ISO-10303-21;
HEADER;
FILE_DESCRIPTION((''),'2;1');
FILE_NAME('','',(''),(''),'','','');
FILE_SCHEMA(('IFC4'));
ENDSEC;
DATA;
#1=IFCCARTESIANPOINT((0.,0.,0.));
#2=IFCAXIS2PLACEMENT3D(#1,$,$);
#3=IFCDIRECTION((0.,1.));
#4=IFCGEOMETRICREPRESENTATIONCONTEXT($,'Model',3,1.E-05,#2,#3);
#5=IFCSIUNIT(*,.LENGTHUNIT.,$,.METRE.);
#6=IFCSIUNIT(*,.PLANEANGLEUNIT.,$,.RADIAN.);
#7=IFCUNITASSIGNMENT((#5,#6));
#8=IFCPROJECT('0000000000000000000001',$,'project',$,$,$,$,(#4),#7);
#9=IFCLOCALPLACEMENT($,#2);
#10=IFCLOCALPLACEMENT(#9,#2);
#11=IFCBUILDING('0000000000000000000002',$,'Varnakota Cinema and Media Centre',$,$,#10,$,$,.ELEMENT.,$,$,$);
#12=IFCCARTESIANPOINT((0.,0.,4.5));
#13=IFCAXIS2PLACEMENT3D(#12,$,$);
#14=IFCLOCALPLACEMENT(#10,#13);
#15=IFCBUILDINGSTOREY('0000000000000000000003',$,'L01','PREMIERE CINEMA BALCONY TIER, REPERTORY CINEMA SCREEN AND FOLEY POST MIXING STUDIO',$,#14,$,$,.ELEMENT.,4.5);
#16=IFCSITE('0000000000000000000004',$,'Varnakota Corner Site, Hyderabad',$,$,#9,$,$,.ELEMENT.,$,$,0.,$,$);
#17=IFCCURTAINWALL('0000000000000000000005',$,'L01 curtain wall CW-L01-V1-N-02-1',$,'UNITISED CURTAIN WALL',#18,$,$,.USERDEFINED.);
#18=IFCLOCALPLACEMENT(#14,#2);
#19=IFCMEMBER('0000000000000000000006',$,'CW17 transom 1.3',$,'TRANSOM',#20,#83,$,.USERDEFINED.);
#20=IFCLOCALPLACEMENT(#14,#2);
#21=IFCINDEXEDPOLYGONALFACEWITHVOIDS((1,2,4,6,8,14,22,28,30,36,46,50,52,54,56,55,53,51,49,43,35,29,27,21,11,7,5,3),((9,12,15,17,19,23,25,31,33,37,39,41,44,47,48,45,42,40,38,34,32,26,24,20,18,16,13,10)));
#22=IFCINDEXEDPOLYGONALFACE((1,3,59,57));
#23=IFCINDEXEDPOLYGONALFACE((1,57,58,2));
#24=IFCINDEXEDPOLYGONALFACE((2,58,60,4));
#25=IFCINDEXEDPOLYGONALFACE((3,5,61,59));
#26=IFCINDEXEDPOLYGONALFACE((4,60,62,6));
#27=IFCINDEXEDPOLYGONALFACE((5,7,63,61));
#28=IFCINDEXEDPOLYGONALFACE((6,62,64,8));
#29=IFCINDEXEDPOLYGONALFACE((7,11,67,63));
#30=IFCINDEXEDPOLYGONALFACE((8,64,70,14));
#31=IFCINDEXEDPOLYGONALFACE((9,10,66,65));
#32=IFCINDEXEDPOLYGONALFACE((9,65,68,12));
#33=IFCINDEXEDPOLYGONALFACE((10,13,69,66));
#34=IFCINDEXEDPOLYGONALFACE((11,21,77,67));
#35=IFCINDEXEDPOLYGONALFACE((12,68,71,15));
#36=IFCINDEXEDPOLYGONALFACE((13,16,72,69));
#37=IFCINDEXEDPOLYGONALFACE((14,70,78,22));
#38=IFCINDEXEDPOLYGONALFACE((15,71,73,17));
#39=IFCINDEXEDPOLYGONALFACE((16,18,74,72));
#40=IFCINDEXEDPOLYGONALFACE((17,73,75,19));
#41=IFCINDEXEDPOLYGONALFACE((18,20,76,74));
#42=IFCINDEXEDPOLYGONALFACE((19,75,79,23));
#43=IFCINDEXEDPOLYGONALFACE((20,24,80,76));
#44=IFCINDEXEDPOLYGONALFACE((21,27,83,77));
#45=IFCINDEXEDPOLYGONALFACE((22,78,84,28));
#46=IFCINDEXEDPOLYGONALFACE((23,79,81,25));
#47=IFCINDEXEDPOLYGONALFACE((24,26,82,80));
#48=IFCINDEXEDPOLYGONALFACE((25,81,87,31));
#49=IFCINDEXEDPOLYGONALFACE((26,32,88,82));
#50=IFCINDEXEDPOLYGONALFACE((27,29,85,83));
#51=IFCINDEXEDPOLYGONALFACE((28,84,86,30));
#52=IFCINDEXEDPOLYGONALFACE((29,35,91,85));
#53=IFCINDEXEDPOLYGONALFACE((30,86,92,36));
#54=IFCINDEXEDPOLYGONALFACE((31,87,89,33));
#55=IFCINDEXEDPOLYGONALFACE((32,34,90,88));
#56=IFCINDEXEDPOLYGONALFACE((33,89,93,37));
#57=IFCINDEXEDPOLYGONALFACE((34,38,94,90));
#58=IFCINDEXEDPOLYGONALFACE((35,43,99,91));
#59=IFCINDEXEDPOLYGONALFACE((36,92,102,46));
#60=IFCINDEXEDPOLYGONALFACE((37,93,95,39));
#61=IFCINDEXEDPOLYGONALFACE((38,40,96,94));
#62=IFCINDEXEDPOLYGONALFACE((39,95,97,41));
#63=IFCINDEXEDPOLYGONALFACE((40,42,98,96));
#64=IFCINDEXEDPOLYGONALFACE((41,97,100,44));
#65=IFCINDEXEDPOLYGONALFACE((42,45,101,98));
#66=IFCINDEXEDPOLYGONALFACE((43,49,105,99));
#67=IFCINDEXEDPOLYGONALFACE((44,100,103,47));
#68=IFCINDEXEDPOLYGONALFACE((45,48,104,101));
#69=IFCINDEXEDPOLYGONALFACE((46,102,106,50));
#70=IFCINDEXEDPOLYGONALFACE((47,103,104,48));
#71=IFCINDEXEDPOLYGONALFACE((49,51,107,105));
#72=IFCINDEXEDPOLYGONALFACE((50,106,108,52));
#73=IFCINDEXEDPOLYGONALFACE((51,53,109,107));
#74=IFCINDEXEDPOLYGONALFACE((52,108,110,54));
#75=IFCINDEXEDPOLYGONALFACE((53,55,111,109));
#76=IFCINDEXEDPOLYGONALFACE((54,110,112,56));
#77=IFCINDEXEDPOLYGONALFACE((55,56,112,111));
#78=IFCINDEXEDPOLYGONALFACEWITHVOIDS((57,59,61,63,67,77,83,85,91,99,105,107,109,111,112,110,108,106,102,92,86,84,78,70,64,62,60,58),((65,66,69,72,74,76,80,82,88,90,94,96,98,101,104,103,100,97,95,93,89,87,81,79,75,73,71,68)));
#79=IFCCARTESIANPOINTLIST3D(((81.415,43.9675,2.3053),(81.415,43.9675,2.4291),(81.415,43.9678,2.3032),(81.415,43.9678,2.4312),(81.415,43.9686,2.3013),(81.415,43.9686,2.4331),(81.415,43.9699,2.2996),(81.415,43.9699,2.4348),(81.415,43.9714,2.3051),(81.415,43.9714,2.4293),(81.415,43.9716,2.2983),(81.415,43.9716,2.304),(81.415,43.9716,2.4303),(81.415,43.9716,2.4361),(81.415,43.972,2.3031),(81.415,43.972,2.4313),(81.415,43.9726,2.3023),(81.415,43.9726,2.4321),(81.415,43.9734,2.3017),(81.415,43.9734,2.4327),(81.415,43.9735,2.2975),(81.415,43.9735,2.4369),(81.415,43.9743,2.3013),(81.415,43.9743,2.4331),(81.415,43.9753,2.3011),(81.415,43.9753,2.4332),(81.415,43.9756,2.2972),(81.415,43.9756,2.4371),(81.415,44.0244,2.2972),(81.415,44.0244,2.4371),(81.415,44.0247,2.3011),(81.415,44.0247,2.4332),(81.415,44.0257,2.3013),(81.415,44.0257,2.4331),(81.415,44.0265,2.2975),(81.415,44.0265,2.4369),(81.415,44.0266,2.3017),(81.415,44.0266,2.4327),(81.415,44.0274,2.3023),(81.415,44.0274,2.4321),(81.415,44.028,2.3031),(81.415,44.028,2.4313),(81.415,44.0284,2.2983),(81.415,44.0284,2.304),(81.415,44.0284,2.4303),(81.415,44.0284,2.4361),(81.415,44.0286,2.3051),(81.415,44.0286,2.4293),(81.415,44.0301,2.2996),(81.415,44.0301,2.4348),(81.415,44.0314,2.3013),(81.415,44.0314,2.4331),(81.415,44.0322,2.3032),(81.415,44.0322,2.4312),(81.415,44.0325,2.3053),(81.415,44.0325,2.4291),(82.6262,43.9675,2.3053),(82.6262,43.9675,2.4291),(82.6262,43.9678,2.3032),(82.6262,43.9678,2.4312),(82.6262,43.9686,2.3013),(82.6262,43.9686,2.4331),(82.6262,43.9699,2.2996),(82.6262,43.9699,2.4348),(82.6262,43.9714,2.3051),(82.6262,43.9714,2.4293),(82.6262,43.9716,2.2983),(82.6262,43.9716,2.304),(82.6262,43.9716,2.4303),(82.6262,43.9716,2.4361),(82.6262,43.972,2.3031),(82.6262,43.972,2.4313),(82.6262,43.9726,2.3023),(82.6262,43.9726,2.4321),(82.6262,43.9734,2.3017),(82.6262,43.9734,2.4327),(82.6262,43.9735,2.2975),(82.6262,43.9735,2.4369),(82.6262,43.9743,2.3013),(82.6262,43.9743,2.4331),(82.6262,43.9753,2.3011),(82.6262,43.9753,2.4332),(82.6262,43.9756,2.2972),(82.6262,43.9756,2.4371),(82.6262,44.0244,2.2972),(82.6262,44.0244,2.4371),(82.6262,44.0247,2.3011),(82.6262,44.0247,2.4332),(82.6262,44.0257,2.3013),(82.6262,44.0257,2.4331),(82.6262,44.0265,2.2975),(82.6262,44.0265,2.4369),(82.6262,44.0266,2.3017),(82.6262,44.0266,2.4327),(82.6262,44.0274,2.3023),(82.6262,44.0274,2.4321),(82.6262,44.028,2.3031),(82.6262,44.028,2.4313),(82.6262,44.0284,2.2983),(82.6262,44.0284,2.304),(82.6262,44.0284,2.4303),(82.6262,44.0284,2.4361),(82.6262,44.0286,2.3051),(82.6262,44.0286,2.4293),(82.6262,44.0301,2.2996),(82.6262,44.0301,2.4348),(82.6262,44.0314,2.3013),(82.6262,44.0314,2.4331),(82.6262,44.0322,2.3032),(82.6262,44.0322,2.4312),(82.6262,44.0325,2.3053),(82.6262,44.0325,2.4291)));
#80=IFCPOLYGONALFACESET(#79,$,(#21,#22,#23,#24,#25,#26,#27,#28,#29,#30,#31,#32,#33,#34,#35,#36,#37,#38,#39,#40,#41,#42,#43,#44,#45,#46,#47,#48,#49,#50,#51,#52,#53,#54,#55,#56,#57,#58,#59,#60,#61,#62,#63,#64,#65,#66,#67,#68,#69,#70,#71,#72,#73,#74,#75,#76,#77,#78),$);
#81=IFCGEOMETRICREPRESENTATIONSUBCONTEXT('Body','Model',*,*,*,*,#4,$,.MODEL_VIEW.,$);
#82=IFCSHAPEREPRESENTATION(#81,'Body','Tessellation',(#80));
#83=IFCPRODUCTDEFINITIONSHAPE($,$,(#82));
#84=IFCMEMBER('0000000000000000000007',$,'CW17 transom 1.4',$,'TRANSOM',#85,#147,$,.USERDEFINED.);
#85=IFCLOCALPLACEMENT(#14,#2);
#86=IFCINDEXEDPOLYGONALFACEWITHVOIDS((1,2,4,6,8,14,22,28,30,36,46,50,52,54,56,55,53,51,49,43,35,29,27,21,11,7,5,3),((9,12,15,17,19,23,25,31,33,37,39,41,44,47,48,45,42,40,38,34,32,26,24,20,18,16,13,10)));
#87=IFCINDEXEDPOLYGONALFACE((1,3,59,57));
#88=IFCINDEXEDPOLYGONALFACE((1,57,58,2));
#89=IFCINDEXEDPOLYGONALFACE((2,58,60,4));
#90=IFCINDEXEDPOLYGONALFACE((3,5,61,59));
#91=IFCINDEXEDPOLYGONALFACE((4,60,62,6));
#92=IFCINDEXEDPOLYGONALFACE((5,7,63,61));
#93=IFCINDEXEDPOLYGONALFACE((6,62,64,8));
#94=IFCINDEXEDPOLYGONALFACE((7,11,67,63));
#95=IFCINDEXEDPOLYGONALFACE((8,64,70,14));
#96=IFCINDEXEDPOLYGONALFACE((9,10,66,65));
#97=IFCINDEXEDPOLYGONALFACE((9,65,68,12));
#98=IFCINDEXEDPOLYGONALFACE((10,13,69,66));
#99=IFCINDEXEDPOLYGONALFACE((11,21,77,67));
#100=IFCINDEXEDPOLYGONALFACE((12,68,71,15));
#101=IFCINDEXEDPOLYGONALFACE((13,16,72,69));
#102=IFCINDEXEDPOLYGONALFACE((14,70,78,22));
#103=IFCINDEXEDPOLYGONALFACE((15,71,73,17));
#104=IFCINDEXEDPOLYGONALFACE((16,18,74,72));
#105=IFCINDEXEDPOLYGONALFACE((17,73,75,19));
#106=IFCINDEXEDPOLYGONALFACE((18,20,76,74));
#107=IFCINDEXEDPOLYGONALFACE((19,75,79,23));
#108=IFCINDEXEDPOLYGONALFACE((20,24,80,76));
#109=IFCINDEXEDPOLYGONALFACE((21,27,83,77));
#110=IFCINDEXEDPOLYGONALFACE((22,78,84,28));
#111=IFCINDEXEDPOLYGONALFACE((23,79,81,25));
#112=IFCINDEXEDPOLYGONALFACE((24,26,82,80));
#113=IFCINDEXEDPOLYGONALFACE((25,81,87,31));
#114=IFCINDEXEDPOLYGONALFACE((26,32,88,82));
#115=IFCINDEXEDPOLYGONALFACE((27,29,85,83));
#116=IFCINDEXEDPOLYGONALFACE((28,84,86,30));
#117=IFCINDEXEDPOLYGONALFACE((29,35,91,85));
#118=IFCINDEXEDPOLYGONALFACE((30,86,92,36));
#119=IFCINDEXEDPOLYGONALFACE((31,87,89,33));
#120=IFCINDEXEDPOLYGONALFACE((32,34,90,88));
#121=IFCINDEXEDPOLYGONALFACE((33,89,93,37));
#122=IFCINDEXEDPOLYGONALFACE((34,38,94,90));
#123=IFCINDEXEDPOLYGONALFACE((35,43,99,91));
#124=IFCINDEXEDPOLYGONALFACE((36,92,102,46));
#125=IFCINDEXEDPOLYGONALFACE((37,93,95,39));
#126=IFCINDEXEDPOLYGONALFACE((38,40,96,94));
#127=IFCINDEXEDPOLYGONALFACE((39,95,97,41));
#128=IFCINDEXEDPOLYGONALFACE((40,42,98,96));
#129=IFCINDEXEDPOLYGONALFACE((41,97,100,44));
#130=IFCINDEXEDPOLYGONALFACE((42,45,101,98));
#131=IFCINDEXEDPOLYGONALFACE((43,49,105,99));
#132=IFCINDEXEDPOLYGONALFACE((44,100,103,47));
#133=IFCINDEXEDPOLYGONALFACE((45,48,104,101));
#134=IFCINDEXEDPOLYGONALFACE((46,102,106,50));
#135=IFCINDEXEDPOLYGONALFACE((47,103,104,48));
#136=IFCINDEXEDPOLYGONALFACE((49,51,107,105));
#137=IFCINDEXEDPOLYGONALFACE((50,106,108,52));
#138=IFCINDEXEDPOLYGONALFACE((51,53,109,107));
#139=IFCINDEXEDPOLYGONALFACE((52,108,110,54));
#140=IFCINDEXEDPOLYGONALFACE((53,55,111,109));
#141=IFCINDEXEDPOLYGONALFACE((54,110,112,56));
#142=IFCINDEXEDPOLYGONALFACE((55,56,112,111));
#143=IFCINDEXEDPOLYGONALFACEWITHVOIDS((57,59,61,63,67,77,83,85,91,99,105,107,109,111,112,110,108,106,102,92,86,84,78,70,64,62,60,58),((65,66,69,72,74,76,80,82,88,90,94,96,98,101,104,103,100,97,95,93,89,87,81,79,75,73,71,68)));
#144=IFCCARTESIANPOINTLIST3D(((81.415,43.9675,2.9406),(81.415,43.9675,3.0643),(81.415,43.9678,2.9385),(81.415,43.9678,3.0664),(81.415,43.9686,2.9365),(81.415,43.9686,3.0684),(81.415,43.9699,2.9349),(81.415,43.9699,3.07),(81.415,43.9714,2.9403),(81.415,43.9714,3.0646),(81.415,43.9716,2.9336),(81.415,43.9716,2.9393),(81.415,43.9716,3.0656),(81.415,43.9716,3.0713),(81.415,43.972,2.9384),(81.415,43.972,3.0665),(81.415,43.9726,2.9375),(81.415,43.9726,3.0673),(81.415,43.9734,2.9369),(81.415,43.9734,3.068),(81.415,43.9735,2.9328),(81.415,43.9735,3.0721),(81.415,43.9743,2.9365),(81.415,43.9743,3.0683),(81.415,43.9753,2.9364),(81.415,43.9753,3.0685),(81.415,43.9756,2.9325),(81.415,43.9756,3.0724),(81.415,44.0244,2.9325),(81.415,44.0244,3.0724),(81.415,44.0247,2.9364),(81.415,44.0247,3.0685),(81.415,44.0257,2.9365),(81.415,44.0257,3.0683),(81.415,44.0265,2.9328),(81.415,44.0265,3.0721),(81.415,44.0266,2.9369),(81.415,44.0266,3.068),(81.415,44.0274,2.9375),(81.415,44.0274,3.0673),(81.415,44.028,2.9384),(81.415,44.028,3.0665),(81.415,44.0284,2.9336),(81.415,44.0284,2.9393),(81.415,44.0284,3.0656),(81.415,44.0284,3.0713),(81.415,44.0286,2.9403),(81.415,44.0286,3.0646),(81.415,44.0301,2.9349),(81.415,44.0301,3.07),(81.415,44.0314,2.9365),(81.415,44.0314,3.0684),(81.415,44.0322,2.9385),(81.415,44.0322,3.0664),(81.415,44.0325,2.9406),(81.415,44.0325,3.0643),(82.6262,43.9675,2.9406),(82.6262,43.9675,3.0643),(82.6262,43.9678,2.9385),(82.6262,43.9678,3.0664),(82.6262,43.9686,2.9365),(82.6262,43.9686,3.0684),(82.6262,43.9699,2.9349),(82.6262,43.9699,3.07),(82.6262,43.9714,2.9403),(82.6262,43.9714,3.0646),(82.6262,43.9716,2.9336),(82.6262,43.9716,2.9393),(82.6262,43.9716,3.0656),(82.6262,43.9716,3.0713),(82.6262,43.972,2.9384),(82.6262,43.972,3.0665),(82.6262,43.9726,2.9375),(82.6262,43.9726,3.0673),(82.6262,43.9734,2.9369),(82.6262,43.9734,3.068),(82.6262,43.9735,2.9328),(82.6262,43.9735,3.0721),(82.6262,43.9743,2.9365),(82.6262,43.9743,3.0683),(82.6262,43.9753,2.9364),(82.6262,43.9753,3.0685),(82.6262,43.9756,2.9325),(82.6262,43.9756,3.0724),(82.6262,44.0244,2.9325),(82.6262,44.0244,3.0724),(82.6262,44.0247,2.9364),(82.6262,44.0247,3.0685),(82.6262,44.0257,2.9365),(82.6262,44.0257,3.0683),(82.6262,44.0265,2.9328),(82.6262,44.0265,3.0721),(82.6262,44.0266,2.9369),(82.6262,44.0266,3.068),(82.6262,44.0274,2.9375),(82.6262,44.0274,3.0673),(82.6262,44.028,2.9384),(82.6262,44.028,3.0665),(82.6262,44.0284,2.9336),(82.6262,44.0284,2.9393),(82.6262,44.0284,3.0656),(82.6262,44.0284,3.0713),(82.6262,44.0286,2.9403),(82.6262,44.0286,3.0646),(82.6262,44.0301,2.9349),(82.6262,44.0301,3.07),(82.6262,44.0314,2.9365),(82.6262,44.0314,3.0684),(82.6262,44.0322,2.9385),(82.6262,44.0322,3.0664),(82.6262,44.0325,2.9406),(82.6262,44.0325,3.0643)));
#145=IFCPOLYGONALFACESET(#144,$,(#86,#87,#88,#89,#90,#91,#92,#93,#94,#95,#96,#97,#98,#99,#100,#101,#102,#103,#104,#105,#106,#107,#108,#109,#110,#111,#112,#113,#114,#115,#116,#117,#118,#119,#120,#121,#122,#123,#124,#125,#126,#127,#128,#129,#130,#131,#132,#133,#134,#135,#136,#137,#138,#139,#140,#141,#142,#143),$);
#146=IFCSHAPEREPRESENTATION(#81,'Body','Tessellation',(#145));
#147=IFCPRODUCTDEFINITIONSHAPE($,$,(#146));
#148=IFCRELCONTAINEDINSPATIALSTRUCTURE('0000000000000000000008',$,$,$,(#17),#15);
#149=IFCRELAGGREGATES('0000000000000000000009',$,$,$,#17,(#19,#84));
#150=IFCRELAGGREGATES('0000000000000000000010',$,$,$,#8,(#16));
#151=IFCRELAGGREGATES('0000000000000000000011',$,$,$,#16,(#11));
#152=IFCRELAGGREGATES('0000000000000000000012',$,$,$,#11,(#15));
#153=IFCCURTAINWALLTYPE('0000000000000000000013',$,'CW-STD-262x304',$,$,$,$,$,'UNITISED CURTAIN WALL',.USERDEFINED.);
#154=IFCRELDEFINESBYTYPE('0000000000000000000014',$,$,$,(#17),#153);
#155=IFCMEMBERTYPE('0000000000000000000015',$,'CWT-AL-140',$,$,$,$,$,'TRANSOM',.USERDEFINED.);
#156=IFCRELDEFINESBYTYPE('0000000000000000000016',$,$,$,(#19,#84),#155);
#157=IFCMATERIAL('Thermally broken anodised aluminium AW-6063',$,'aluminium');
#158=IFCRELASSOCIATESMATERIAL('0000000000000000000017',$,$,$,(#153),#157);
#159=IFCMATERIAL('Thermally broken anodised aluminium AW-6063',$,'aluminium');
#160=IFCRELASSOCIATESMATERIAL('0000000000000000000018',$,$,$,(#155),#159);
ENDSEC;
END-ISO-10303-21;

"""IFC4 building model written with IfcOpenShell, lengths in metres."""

from ifc_helpers import new_model, si_unit, direction, frame, origin, origin_2d, place, context, subcontext, project, spatial, hollow_rectangle, extrude, material, material_profile, profile_set, type_object, element, aggregate, save


model = new_model("IFC4")

# Units and contexts
model_context = context("Model", 3, precision=1e-05, world=origin(), true_north=direction((0.0, 1.0)))
body_context = subcontext(model_context, "Body", "Model", "MODEL_VIEW")
ifc_project = project(units=[si_unit("LENGTHUNIT", "METRE"), si_unit("PLANEANGLEUNIT", "RADIAN")], contexts=[model_context])

# Site, building, storey
site_placement = place(None, origin())
site = spatial("IfcSite", under=ifc_project, at=site_placement, Name="Varnakota Corner Site, Hyderabad", CompositionType="ELEMENT", RefElevation=0.0)
building_placement = place(site_placement, origin())
building = spatial("IfcBuilding", under=site, at=building_placement, Name="Varnakota Cinema and Media Centre", CompositionType="ELEMENT")
storey_placement = place(building_placement, frame((0.0, 0.0, 4.5)))
storey = spatial("IfcBuildingStorey", under=building, at=storey_placement, Name="L01", Description="PREMIERE CINEMA BALCONY TIER, REPERTORY CINEMA SCREEN AND FOLEY POST MIXING STUDIO", CompositionType="ELEMENT", Elevation=4.5)

# Curtain wall
ifc_material_1 = material(Name="Thermally broken anodised aluminium AW-6063", Category="aluminium")
curtain_wall_type = type_object("IfcCurtainWallType", Name="CW-STD-262x304", ElementType="UNITISED CURTAIN WALL", PredefinedType="USERDEFINED", material=ifc_material_1)
curtain_wall_1_placement = place(storey_placement, origin())
curtain_wall_1 = element("IfcCurtainWall", 1, at=curtain_wall_1_placement, inside=storey, type_object=curtain_wall_type, Name="L01 curtain wall CW-L01-V1-N-02-1", ObjectType="UNITISED CURTAIN WALL", PredefinedType="USERDEFINED")

# Members
ifc_material_2 = material(Name="Thermally broken anodised aluminium AW-6063", Category="aluminium")
ifc_material_profile_1 = material_profile(ifc_material_2, hollow_rectangle(XDim=0.0649, YDim=0.1399, WallThickness=0.0039, InnerFilletRadius=0.0039, OuterFilletRadius=0.0081, at=origin_2d()), Name="AL-TRANSOM 140x65x4")
ifc_profile_set_1 = profile_set([ifc_material_profile_1], Name="Thermally broken anodised aluminium AW-6063")
member_type_1 = type_object("IfcMemberType", Name="CWT-AL-140", ElementType="TRANSOM", PredefinedType="USERDEFINED", material=ifc_profile_set_1)
member_1_placement = place(storey_placement, frame((81.415, 44.0, 2.3672), z_axis=(1.0, 0.0, 0.0), x_axis=(0.0, 1.0, 0.0)))
member_1 = element("IfcMember", 2, at=member_1_placement, type_object=member_type_1, Name="CW17 transom 1.3", ObjectType="TRANSOM", PredefinedType="USERDEFINED", context=body_context, shape_type="SweptSolid", body=[
    extrude(hollow_rectangle(XDim=0.0649, YDim=0.1399, WallThickness=0.0039, InnerFilletRadius=0.0039, OuterFilletRadius=0.0081, at=origin_2d()), origin(), (0.0, 0.0, 1.0), 1.2112),
])
member_2_placement = place(storey_placement, frame((81.415, 44.0, 3.0024), z_axis=(1.0, 0.0, 0.0), x_axis=(0.0, 1.0, 0.0)))
member_2 = element("IfcMember", 3, at=member_2_placement, type_object=member_type_1, Name="CW17 transom 1.4", ObjectType="TRANSOM", PredefinedType="USERDEFINED", context=body_context, shape_type="SweptSolid", body=[
    extrude(hollow_rectangle(XDim=0.0649, YDim=0.1399, WallThickness=0.0039, InnerFilletRadius=0.0039, OuterFilletRadius=0.0081, at=origin_2d()), origin(), (0.0, 0.0, 1.0), 1.2112),
])

aggregate(curtain_wall_1, [member_1, member_2])

save(model, "model.ifc")
